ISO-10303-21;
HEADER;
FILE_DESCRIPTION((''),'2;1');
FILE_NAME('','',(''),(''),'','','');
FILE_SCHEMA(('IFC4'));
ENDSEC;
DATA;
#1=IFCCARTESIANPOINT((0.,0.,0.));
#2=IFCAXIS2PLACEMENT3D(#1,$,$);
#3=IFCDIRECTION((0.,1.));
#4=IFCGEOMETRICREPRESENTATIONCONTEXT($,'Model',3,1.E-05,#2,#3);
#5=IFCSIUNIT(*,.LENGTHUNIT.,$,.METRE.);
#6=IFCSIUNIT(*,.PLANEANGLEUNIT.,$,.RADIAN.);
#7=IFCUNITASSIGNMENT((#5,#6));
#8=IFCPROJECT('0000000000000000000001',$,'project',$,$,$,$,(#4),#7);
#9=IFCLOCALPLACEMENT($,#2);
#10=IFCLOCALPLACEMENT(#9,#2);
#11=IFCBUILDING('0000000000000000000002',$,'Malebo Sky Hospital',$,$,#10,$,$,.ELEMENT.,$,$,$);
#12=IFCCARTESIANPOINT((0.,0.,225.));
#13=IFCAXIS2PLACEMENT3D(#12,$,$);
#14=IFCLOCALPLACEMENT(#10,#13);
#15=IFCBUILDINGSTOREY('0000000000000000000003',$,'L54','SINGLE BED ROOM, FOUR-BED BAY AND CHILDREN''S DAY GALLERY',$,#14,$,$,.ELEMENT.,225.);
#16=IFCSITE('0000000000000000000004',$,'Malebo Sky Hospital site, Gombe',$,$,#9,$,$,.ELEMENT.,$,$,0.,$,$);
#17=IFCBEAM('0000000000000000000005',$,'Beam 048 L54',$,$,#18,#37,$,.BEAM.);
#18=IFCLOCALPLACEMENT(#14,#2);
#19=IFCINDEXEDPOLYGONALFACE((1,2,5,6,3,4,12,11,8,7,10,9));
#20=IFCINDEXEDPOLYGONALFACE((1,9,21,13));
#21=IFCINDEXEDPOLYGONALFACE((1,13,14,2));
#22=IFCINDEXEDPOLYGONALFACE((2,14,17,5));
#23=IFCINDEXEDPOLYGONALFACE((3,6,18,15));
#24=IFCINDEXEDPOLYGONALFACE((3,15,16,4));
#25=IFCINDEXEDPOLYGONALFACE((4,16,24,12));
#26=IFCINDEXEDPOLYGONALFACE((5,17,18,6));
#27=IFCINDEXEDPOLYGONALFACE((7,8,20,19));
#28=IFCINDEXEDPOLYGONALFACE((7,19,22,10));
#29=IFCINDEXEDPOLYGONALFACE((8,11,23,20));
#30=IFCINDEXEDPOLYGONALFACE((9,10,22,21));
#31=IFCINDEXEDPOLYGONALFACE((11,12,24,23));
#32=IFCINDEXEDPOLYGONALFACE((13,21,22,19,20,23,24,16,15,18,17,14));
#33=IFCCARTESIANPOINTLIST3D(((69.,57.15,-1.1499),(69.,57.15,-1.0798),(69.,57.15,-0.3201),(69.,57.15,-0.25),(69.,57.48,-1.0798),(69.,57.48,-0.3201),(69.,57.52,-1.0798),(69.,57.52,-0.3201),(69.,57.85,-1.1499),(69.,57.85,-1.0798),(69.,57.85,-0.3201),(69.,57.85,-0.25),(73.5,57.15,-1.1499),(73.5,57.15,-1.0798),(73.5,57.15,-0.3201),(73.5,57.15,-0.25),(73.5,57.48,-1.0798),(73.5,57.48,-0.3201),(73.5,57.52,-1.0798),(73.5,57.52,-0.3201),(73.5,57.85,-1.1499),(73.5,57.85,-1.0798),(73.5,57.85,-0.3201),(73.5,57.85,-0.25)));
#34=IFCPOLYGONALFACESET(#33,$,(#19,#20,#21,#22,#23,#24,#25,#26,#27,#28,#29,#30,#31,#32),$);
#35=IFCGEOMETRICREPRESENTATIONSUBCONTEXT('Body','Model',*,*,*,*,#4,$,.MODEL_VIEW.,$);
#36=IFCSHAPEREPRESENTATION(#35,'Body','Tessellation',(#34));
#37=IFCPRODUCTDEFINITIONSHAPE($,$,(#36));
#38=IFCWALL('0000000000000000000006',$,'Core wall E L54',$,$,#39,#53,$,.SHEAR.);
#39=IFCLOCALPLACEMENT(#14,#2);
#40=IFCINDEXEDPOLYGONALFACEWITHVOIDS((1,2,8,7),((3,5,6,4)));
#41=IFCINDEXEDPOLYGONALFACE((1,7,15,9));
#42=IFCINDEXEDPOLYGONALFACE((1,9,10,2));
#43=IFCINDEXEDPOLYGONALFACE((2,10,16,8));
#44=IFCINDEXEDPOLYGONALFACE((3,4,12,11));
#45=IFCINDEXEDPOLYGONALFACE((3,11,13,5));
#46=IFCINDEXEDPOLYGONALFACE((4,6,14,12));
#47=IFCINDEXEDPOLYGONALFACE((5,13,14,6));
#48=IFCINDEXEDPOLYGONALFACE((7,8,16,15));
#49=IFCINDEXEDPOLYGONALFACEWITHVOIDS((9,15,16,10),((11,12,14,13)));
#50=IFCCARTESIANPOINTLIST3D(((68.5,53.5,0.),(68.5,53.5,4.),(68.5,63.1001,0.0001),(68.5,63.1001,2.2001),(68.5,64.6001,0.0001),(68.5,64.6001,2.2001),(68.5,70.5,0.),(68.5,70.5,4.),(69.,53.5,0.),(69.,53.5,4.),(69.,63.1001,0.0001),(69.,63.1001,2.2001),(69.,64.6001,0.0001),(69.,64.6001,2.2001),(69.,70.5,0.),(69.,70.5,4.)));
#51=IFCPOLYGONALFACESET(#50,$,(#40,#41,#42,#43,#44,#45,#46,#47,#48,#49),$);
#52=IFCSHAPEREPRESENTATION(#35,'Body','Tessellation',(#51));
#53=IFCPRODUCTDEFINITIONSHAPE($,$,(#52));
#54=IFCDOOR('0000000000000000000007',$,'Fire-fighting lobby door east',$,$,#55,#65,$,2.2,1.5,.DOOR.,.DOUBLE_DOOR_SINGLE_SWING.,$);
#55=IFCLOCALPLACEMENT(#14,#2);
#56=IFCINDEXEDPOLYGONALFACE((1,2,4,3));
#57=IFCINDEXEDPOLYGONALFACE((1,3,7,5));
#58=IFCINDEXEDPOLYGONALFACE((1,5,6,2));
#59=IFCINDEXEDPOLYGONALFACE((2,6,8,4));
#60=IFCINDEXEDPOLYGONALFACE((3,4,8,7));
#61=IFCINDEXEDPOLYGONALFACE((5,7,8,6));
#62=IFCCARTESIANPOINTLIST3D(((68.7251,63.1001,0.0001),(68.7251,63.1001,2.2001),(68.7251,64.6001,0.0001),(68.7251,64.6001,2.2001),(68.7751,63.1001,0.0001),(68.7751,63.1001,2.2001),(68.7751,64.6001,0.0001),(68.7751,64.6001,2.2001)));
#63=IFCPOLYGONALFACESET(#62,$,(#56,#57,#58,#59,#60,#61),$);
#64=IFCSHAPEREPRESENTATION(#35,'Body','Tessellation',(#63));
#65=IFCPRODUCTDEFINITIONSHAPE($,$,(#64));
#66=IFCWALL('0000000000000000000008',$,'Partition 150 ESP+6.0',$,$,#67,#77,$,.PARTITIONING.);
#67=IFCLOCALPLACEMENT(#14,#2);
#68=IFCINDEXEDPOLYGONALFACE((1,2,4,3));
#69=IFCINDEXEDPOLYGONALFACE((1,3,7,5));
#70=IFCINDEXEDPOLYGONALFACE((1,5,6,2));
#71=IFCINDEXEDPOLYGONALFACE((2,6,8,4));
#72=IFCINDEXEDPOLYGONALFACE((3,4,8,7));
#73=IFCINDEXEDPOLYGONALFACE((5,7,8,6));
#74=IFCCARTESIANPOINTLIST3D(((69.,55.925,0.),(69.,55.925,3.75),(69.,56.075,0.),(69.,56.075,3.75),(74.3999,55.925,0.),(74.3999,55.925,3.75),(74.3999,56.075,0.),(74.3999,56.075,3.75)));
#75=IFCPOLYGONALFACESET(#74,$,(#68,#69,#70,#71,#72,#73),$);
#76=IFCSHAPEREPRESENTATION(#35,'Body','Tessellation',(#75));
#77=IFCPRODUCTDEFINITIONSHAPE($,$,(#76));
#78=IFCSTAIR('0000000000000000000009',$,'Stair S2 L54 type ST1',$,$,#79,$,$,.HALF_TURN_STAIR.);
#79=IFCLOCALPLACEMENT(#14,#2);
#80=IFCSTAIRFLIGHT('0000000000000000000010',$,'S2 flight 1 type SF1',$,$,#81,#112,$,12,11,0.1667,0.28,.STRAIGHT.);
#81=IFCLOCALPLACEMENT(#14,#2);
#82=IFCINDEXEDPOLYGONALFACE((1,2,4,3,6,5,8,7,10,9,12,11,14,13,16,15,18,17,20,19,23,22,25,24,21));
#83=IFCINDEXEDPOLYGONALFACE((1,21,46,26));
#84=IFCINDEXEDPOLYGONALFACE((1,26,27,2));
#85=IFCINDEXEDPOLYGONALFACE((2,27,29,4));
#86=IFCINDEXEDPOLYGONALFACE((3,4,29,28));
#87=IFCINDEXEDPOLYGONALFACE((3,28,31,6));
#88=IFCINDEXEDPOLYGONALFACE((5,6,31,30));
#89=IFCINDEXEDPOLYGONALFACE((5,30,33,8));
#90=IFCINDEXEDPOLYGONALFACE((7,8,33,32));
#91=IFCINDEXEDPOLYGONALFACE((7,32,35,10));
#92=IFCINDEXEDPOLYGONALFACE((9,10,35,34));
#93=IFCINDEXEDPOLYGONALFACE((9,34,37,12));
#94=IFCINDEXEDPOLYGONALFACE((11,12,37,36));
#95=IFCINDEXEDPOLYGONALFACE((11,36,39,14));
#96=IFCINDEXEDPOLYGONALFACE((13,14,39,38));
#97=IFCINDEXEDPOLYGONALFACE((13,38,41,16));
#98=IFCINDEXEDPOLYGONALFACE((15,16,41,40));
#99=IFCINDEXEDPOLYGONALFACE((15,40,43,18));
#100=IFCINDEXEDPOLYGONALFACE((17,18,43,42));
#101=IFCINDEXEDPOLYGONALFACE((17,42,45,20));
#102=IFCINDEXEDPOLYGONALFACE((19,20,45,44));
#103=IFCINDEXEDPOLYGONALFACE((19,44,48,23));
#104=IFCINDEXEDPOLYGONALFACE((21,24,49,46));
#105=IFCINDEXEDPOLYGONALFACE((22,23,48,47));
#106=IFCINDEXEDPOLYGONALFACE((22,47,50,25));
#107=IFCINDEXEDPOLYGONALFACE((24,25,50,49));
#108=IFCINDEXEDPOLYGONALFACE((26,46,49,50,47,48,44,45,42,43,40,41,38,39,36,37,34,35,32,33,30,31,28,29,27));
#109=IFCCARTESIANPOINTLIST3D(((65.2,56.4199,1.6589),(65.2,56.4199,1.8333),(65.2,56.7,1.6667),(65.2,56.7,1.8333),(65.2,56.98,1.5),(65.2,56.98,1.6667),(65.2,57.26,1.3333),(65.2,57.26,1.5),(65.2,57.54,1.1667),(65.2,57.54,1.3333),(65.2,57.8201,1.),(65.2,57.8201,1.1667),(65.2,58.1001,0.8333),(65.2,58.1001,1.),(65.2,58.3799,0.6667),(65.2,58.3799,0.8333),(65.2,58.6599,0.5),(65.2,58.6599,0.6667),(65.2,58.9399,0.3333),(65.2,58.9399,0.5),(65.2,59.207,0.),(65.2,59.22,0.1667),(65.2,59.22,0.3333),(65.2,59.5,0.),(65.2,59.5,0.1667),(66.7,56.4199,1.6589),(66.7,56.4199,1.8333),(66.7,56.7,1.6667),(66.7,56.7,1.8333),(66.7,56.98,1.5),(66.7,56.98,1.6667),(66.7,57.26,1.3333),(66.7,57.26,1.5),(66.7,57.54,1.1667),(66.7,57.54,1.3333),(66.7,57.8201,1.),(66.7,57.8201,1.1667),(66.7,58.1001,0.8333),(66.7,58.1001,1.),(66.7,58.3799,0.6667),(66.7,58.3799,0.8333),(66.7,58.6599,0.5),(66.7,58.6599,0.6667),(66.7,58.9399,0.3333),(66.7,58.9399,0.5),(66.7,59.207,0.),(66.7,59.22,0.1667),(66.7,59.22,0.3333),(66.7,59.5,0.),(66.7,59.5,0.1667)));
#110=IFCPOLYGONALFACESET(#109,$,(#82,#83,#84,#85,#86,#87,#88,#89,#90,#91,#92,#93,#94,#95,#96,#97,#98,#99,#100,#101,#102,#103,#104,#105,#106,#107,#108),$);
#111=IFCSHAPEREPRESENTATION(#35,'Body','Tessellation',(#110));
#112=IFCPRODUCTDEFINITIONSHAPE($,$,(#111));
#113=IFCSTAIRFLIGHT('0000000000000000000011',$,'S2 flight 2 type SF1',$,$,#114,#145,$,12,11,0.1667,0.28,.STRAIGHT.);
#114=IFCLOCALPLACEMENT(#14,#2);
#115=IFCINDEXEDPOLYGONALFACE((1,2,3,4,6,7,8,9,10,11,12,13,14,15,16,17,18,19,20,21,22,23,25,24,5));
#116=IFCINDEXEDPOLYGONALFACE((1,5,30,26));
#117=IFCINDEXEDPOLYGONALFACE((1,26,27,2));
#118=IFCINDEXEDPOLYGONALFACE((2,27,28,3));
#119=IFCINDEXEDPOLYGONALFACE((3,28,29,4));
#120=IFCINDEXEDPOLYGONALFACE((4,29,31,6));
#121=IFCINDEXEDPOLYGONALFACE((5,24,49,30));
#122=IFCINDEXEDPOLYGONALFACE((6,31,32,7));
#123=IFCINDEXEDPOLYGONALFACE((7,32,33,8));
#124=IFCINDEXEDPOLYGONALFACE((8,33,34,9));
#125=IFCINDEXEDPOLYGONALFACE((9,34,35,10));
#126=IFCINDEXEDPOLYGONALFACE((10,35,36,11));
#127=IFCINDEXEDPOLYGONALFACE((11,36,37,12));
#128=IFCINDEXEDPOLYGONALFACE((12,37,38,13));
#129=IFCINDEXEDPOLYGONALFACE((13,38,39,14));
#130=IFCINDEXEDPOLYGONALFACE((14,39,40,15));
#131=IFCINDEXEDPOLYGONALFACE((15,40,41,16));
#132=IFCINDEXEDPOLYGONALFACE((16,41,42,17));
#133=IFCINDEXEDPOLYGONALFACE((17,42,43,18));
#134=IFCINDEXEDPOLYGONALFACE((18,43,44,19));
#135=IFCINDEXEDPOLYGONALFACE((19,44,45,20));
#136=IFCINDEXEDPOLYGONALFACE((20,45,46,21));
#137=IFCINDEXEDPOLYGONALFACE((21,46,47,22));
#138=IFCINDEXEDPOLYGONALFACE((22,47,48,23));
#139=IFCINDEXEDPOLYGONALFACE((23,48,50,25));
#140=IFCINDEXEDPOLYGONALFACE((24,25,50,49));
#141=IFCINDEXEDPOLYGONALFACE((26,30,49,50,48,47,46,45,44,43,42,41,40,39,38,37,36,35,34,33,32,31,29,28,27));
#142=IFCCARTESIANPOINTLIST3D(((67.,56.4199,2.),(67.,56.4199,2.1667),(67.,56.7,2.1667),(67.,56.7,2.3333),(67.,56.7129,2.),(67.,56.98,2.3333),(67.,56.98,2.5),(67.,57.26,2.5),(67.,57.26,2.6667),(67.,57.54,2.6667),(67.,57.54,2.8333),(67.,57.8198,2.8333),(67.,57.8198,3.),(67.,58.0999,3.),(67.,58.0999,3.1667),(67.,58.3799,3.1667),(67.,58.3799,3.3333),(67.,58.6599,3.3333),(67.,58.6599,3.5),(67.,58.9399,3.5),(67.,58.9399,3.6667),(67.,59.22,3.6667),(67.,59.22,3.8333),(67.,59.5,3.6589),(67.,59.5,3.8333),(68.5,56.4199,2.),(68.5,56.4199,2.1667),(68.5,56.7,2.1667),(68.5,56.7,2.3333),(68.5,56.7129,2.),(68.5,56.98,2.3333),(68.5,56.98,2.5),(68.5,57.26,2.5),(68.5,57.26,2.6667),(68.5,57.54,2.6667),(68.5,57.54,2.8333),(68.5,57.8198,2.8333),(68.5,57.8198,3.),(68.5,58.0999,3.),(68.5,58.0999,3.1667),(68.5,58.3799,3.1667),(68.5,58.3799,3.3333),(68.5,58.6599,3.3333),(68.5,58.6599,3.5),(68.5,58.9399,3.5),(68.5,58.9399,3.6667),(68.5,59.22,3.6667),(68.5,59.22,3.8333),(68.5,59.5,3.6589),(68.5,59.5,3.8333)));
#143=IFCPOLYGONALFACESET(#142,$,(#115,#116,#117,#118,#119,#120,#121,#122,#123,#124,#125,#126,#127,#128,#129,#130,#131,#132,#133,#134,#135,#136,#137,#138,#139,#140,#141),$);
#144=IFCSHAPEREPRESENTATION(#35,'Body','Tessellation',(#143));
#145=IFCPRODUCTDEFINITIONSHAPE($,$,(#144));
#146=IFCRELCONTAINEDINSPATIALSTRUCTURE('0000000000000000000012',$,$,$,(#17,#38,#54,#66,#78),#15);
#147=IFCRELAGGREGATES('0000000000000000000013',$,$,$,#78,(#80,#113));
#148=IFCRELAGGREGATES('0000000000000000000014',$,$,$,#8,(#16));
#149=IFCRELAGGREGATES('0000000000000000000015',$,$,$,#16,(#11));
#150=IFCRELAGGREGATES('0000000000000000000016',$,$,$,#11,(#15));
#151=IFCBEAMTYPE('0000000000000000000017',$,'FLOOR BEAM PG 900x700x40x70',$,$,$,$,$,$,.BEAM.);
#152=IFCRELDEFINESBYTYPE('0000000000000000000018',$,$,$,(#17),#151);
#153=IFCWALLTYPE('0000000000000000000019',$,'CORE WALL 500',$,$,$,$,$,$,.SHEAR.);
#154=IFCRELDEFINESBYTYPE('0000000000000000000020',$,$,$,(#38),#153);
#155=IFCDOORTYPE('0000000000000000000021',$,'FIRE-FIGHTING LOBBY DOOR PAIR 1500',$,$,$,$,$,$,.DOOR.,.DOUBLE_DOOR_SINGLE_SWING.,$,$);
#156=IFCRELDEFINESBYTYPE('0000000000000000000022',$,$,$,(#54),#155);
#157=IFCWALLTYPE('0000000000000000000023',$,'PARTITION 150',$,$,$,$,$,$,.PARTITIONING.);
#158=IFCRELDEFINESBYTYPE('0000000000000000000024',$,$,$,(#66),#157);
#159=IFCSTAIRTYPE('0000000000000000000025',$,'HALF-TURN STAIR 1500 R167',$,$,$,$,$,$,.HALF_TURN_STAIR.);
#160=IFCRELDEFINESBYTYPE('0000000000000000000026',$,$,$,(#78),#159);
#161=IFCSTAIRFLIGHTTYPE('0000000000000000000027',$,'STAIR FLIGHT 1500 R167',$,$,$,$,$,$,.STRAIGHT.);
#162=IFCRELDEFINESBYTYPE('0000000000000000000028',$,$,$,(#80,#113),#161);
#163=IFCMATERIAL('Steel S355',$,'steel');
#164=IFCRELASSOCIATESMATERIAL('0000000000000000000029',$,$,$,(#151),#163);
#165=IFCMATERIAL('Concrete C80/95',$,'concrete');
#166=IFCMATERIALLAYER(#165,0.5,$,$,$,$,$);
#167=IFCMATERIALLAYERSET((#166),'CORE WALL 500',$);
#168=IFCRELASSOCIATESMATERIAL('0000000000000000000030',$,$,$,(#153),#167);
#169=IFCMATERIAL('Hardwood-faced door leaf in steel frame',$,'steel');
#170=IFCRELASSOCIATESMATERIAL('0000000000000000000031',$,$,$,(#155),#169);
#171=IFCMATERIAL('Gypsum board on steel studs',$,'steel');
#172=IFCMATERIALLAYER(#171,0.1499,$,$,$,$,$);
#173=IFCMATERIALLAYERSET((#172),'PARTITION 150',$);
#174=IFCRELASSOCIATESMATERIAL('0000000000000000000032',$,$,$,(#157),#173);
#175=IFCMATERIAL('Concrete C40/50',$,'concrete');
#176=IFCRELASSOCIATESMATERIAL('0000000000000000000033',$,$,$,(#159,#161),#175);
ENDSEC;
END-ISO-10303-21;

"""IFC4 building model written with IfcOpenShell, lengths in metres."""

from ifc_helpers import new_model, si_unit, direction, frame, frame_2d, origin, origin_2d, place, context, subcontext, project, spatial, polyline, rectangle, i_section, outline, extrude, material, layer, layer_set, material_profile, profile_set, type_object, element, fill, aggregate, save


model = new_model("IFC4")

# Units and contexts
model_context = context("Model", 3, precision=1e-05, world=origin(), true_north=direction((0.0, 1.0)))
body_context = subcontext(model_context, "Body", "Model", "MODEL_VIEW")
ifc_project = project(units=[si_unit("LENGTHUNIT", "METRE"), si_unit("PLANEANGLEUNIT", "RADIAN")], contexts=[model_context])

# Site, building, storey
site_placement = place(None, origin())
site = spatial("IfcSite", under=ifc_project, at=site_placement, Name="Malebo Sky Hospital site, Gombe", CompositionType="ELEMENT", RefElevation=0.0)
building_placement = place(site_placement, origin())
building = spatial("IfcBuilding", under=site, at=building_placement, Name="Malebo Sky Hospital", CompositionType="ELEMENT")
storey_placement = place(building_placement, frame((0.0, 0.0, 225.0)))
storey = spatial("IfcBuildingStorey", under=building, at=storey_placement, Name="L54", Description="SINGLE BED ROOM, FOUR-BED BAY AND CHILDREN'S DAY GALLERY", CompositionType="ELEMENT", Elevation=225.0)

# Beam
ifc_material_1 = material(Name="Steel S355", Category="steel")
ifc_material_profile = material_profile(ifc_material_1, i_section(OverallWidth=0.7, OverallDepth=0.8999, WebThickness=0.04, FlangeThickness=0.0701, at=origin_2d()), Name="PG 900x700x40x70")
ifc_profile_set = profile_set([ifc_material_profile], Name="Steel S355")
beam_type = type_object("IfcBeamType", Name="FLOOR BEAM PG 900x700x40x70", PredefinedType="BEAM", material=ifc_profile_set)
beam_placement = place(storey_placement, frame((69.0, 57.5, -0.7), z_axis=(1.0, 0.0, 0.0), x_axis=(0.0, 1.0, 0.0)))
element("IfcBeam", 1, at=beam_placement, inside=storey, type_object=beam_type, Name="Beam 048 L54", PredefinedType="BEAM", context=body_context, shape_type="SweptSolid", body=[
    extrude(i_section(OverallWidth=0.7, OverallDepth=0.8999, WebThickness=0.04, FlangeThickness=0.0701, at=origin_2d()), origin(), (0.0, 0.0, 1.0), 4.5),
])

# Wall, opening, door
ifc_material_2 = material(Name="Concrete C80/95", Category="concrete")
ifc_layer_1 = layer(ifc_material_2, 0.5)
ifc_layer_set_1 = layer_set([ifc_layer_1], Name="CORE WALL 500")
wall_type_1 = type_object("IfcWallType", Name="CORE WALL 500", PredefinedType="SHEAR", material=ifc_layer_set_1)
wall_1_placement = place(storey_placement, frame((68.75, 53.5, 0.0), z_axis=(0.0, 0.0, 1.0), x_axis=(0.0, 1.0, 0.0)))
wall_1 = element("IfcWall", 2, at=wall_1_placement, inside=storey, type_object=wall_type_1, Name="Core wall E L54", PredefinedType="SHEAR", context=body_context, shape_type="SweptSolid", body=[
    extrude(rectangle(XDim=17.0, YDim=0.5, at=frame_2d((8.5, 0.0))), origin(), (0.0, 0.0, 1.0), 4.0),
])
opening_placement = place(wall_1_placement, frame((9.6001, 0.0, 0.0)))
opening = element("IfcOpeningElement", 3, at=opening_placement, cuts=wall_1, PredefinedType="OPENING", context=body_context, shape_type="SweptSolid", body=[
    extrude(rectangle(XDim=1.5, YDim=2.2, at=frame_2d((0.75, 1.1001))), frame((0.0, 0.26, 0.0), z_axis=(0.0, -1.0, 0.0), x_axis=(1.0, 0.0, 0.0)), (0.0, 0.0, 1.0), 0.52),
])
ifc_material_3 = material(Name="Hardwood-faced door leaf in steel frame", Category="steel")
door_type = type_object("IfcDoorType", Name="FIRE-FIGHTING LOBBY DOOR PAIR 1500", OperationType="DOUBLE_DOOR_SINGLE_SWING", PredefinedType="DOOR", material=ifc_material_3)
door_placement = place(opening_placement, origin())
door = element("IfcDoor", 4, at=door_placement, inside=storey, type_object=door_type, Name="Fire-fighting lobby door east", OperationType="DOUBLE_DOOR_SINGLE_SWING", OverallHeight=2.2, OverallWidth=1.5, PredefinedType="DOOR", context=body_context, shape_type="SweptSolid", body=[
    extrude(rectangle(XDim=1.5, YDim=2.2, at=frame_2d((0.75, 1.1001))), frame((0.0, 0.0249, 0.0), z_axis=(0.0, -1.0, 0.0), x_axis=(1.0, 0.0, 0.0)), (0.0, 0.0, 1.0), 0.05),
])
fill(opening, door)

# Wall
ifc_material_4 = material(Name="Gypsum board on steel studs", Category="steel")
ifc_layer_2 = layer(ifc_material_4, 0.1499)
ifc_layer_set_2 = layer_set([ifc_layer_2], Name="PARTITION 150")
wall_type_2 = type_object("IfcWallType", Name="PARTITION 150", PredefinedType="PARTITIONING", material=ifc_layer_set_2)
wall_2_placement = place(storey_placement, frame((69.0, 56.0, 0.0), z_axis=(0.0, 0.0, 1.0), x_axis=(1.0, 0.0, 0.0)))
element("IfcWall", 5, at=wall_2_placement, inside=storey, type_object=wall_type_2, Name="Partition 150 ESP+6.0", PredefinedType="PARTITIONING", context=body_context, shape_type="SweptSolid", body=[
    extrude(rectangle(XDim=5.3999, YDim=0.1499, at=frame_2d((2.7, 0.0))), origin(), (0.0, 0.0, 1.0), 3.75),
])

# Stair, stair flights
ifc_material_5 = material(Name="Concrete C40/50", Category="concrete")
stair_type = type_object("IfcStairType", Name="HALF-TURN STAIR 1500 R167", PredefinedType="HALF_TURN_STAIR", material=ifc_material_5)
stair_placement = place(storey_placement, origin())
stair = element("IfcStair", 6, at=stair_placement, inside=storey, type_object=stair_type, Name="Stair S2 L54 type ST1", PredefinedType="HALF_TURN_STAIR")
stair_flight_type = type_object("IfcStairFlightType", Name="STAIR FLIGHT 1500 R167", PredefinedType="STRAIGHT", material=ifc_material_5)
stair_flight_1_placement = place(storey_placement, frame((65.95, 59.5, 0.0), z_axis=(0.0, 0.0, 1.0), x_axis=(0.0, -1.0, 0.0)))
stair_flight_1 = element("IfcStairFlight", 7, at=stair_flight_1_placement, type_object=stair_flight_type, Name="S2 flight 1 type SF1", NumberOfRisers=12, NumberOfTreads=11, PredefinedType="STRAIGHT", RiserHeight=0.1667, TreadLength=0.28, context=body_context, shape_type="SweptSolid", body=[
    extrude(outline(polyline([(0.0, 0.0), (0.0, 0.1667), (0.28, 0.1667), (0.28, 0.3333), (0.5601, 0.3333), (0.5601, 0.5), (0.8401, 0.5), (0.8401, 0.6667), (1.1201, 0.6667), (1.1201, 0.8333), (1.3999, 0.8333), (1.3999, 1.0), (1.6799, 1.0), (1.6799, 1.1667), (1.96, 1.1667), (1.96, 1.3333), (2.24, 1.3333), (2.24, 1.5), (2.52, 1.5), (2.52, 1.6667), (2.8, 1.6667), (2.8, 1.8333), (3.0801, 1.8333), (3.0801, 2.0), (3.0801, 1.6589), (0.293, 0.0), (0.0, 0.0)])), frame((0.0, 0.75, 0.0), z_axis=(0.0, -1.0, 0.0), x_axis=(1.0, 0.0, 0.0)), (0.0, 0.0, 1.0), 1.5),
])
stair_flight_2_placement = place(storey_placement, frame((67.75, 56.4199, 2.0), z_axis=(0.0, 0.0, 1.0), x_axis=(0.0, 1.0, 0.0)))
stair_flight_2 = element("IfcStairFlight", 8, at=stair_flight_2_placement, type_object=stair_flight_type, Name="S2 flight 2 type SF1", NumberOfRisers=12, NumberOfTreads=11, PredefinedType="STRAIGHT", RiserHeight=0.1667, TreadLength=0.28, context=body_context, shape_type="SweptSolid", body=[
    extrude(outline(polyline([(0.0, 0.0), (0.0, 0.1667), (0.28, 0.1667), (0.28, 0.3333), (0.5601, 0.3333), (0.5601, 0.5), (0.8401, 0.5), (0.8401, 0.6667), (1.1201, 0.6667), (1.1201, 0.8333), (1.3999, 0.8333), (1.3999, 1.0), (1.6799, 1.0), (1.6799, 1.1667), (1.96, 1.1667), (1.96, 1.3333), (2.24, 1.3333), (2.24, 1.5), (2.52, 1.5), (2.52, 1.6667), (2.8, 1.6667), (2.8, 1.8333), (3.0801, 1.8333), (3.0801, 2.0), (3.0801, 1.6589), (0.293, 0.0), (0.0, 0.0)])), frame((0.0, 0.75, 0.0), z_axis=(0.0, -1.0, 0.0), x_axis=(1.0, 0.0, 0.0)), (0.0, 0.0, 1.0), 1.5),
])
aggregate(stair, [stair_flight_1, stair_flight_2])

save(model, "model.ifc")
